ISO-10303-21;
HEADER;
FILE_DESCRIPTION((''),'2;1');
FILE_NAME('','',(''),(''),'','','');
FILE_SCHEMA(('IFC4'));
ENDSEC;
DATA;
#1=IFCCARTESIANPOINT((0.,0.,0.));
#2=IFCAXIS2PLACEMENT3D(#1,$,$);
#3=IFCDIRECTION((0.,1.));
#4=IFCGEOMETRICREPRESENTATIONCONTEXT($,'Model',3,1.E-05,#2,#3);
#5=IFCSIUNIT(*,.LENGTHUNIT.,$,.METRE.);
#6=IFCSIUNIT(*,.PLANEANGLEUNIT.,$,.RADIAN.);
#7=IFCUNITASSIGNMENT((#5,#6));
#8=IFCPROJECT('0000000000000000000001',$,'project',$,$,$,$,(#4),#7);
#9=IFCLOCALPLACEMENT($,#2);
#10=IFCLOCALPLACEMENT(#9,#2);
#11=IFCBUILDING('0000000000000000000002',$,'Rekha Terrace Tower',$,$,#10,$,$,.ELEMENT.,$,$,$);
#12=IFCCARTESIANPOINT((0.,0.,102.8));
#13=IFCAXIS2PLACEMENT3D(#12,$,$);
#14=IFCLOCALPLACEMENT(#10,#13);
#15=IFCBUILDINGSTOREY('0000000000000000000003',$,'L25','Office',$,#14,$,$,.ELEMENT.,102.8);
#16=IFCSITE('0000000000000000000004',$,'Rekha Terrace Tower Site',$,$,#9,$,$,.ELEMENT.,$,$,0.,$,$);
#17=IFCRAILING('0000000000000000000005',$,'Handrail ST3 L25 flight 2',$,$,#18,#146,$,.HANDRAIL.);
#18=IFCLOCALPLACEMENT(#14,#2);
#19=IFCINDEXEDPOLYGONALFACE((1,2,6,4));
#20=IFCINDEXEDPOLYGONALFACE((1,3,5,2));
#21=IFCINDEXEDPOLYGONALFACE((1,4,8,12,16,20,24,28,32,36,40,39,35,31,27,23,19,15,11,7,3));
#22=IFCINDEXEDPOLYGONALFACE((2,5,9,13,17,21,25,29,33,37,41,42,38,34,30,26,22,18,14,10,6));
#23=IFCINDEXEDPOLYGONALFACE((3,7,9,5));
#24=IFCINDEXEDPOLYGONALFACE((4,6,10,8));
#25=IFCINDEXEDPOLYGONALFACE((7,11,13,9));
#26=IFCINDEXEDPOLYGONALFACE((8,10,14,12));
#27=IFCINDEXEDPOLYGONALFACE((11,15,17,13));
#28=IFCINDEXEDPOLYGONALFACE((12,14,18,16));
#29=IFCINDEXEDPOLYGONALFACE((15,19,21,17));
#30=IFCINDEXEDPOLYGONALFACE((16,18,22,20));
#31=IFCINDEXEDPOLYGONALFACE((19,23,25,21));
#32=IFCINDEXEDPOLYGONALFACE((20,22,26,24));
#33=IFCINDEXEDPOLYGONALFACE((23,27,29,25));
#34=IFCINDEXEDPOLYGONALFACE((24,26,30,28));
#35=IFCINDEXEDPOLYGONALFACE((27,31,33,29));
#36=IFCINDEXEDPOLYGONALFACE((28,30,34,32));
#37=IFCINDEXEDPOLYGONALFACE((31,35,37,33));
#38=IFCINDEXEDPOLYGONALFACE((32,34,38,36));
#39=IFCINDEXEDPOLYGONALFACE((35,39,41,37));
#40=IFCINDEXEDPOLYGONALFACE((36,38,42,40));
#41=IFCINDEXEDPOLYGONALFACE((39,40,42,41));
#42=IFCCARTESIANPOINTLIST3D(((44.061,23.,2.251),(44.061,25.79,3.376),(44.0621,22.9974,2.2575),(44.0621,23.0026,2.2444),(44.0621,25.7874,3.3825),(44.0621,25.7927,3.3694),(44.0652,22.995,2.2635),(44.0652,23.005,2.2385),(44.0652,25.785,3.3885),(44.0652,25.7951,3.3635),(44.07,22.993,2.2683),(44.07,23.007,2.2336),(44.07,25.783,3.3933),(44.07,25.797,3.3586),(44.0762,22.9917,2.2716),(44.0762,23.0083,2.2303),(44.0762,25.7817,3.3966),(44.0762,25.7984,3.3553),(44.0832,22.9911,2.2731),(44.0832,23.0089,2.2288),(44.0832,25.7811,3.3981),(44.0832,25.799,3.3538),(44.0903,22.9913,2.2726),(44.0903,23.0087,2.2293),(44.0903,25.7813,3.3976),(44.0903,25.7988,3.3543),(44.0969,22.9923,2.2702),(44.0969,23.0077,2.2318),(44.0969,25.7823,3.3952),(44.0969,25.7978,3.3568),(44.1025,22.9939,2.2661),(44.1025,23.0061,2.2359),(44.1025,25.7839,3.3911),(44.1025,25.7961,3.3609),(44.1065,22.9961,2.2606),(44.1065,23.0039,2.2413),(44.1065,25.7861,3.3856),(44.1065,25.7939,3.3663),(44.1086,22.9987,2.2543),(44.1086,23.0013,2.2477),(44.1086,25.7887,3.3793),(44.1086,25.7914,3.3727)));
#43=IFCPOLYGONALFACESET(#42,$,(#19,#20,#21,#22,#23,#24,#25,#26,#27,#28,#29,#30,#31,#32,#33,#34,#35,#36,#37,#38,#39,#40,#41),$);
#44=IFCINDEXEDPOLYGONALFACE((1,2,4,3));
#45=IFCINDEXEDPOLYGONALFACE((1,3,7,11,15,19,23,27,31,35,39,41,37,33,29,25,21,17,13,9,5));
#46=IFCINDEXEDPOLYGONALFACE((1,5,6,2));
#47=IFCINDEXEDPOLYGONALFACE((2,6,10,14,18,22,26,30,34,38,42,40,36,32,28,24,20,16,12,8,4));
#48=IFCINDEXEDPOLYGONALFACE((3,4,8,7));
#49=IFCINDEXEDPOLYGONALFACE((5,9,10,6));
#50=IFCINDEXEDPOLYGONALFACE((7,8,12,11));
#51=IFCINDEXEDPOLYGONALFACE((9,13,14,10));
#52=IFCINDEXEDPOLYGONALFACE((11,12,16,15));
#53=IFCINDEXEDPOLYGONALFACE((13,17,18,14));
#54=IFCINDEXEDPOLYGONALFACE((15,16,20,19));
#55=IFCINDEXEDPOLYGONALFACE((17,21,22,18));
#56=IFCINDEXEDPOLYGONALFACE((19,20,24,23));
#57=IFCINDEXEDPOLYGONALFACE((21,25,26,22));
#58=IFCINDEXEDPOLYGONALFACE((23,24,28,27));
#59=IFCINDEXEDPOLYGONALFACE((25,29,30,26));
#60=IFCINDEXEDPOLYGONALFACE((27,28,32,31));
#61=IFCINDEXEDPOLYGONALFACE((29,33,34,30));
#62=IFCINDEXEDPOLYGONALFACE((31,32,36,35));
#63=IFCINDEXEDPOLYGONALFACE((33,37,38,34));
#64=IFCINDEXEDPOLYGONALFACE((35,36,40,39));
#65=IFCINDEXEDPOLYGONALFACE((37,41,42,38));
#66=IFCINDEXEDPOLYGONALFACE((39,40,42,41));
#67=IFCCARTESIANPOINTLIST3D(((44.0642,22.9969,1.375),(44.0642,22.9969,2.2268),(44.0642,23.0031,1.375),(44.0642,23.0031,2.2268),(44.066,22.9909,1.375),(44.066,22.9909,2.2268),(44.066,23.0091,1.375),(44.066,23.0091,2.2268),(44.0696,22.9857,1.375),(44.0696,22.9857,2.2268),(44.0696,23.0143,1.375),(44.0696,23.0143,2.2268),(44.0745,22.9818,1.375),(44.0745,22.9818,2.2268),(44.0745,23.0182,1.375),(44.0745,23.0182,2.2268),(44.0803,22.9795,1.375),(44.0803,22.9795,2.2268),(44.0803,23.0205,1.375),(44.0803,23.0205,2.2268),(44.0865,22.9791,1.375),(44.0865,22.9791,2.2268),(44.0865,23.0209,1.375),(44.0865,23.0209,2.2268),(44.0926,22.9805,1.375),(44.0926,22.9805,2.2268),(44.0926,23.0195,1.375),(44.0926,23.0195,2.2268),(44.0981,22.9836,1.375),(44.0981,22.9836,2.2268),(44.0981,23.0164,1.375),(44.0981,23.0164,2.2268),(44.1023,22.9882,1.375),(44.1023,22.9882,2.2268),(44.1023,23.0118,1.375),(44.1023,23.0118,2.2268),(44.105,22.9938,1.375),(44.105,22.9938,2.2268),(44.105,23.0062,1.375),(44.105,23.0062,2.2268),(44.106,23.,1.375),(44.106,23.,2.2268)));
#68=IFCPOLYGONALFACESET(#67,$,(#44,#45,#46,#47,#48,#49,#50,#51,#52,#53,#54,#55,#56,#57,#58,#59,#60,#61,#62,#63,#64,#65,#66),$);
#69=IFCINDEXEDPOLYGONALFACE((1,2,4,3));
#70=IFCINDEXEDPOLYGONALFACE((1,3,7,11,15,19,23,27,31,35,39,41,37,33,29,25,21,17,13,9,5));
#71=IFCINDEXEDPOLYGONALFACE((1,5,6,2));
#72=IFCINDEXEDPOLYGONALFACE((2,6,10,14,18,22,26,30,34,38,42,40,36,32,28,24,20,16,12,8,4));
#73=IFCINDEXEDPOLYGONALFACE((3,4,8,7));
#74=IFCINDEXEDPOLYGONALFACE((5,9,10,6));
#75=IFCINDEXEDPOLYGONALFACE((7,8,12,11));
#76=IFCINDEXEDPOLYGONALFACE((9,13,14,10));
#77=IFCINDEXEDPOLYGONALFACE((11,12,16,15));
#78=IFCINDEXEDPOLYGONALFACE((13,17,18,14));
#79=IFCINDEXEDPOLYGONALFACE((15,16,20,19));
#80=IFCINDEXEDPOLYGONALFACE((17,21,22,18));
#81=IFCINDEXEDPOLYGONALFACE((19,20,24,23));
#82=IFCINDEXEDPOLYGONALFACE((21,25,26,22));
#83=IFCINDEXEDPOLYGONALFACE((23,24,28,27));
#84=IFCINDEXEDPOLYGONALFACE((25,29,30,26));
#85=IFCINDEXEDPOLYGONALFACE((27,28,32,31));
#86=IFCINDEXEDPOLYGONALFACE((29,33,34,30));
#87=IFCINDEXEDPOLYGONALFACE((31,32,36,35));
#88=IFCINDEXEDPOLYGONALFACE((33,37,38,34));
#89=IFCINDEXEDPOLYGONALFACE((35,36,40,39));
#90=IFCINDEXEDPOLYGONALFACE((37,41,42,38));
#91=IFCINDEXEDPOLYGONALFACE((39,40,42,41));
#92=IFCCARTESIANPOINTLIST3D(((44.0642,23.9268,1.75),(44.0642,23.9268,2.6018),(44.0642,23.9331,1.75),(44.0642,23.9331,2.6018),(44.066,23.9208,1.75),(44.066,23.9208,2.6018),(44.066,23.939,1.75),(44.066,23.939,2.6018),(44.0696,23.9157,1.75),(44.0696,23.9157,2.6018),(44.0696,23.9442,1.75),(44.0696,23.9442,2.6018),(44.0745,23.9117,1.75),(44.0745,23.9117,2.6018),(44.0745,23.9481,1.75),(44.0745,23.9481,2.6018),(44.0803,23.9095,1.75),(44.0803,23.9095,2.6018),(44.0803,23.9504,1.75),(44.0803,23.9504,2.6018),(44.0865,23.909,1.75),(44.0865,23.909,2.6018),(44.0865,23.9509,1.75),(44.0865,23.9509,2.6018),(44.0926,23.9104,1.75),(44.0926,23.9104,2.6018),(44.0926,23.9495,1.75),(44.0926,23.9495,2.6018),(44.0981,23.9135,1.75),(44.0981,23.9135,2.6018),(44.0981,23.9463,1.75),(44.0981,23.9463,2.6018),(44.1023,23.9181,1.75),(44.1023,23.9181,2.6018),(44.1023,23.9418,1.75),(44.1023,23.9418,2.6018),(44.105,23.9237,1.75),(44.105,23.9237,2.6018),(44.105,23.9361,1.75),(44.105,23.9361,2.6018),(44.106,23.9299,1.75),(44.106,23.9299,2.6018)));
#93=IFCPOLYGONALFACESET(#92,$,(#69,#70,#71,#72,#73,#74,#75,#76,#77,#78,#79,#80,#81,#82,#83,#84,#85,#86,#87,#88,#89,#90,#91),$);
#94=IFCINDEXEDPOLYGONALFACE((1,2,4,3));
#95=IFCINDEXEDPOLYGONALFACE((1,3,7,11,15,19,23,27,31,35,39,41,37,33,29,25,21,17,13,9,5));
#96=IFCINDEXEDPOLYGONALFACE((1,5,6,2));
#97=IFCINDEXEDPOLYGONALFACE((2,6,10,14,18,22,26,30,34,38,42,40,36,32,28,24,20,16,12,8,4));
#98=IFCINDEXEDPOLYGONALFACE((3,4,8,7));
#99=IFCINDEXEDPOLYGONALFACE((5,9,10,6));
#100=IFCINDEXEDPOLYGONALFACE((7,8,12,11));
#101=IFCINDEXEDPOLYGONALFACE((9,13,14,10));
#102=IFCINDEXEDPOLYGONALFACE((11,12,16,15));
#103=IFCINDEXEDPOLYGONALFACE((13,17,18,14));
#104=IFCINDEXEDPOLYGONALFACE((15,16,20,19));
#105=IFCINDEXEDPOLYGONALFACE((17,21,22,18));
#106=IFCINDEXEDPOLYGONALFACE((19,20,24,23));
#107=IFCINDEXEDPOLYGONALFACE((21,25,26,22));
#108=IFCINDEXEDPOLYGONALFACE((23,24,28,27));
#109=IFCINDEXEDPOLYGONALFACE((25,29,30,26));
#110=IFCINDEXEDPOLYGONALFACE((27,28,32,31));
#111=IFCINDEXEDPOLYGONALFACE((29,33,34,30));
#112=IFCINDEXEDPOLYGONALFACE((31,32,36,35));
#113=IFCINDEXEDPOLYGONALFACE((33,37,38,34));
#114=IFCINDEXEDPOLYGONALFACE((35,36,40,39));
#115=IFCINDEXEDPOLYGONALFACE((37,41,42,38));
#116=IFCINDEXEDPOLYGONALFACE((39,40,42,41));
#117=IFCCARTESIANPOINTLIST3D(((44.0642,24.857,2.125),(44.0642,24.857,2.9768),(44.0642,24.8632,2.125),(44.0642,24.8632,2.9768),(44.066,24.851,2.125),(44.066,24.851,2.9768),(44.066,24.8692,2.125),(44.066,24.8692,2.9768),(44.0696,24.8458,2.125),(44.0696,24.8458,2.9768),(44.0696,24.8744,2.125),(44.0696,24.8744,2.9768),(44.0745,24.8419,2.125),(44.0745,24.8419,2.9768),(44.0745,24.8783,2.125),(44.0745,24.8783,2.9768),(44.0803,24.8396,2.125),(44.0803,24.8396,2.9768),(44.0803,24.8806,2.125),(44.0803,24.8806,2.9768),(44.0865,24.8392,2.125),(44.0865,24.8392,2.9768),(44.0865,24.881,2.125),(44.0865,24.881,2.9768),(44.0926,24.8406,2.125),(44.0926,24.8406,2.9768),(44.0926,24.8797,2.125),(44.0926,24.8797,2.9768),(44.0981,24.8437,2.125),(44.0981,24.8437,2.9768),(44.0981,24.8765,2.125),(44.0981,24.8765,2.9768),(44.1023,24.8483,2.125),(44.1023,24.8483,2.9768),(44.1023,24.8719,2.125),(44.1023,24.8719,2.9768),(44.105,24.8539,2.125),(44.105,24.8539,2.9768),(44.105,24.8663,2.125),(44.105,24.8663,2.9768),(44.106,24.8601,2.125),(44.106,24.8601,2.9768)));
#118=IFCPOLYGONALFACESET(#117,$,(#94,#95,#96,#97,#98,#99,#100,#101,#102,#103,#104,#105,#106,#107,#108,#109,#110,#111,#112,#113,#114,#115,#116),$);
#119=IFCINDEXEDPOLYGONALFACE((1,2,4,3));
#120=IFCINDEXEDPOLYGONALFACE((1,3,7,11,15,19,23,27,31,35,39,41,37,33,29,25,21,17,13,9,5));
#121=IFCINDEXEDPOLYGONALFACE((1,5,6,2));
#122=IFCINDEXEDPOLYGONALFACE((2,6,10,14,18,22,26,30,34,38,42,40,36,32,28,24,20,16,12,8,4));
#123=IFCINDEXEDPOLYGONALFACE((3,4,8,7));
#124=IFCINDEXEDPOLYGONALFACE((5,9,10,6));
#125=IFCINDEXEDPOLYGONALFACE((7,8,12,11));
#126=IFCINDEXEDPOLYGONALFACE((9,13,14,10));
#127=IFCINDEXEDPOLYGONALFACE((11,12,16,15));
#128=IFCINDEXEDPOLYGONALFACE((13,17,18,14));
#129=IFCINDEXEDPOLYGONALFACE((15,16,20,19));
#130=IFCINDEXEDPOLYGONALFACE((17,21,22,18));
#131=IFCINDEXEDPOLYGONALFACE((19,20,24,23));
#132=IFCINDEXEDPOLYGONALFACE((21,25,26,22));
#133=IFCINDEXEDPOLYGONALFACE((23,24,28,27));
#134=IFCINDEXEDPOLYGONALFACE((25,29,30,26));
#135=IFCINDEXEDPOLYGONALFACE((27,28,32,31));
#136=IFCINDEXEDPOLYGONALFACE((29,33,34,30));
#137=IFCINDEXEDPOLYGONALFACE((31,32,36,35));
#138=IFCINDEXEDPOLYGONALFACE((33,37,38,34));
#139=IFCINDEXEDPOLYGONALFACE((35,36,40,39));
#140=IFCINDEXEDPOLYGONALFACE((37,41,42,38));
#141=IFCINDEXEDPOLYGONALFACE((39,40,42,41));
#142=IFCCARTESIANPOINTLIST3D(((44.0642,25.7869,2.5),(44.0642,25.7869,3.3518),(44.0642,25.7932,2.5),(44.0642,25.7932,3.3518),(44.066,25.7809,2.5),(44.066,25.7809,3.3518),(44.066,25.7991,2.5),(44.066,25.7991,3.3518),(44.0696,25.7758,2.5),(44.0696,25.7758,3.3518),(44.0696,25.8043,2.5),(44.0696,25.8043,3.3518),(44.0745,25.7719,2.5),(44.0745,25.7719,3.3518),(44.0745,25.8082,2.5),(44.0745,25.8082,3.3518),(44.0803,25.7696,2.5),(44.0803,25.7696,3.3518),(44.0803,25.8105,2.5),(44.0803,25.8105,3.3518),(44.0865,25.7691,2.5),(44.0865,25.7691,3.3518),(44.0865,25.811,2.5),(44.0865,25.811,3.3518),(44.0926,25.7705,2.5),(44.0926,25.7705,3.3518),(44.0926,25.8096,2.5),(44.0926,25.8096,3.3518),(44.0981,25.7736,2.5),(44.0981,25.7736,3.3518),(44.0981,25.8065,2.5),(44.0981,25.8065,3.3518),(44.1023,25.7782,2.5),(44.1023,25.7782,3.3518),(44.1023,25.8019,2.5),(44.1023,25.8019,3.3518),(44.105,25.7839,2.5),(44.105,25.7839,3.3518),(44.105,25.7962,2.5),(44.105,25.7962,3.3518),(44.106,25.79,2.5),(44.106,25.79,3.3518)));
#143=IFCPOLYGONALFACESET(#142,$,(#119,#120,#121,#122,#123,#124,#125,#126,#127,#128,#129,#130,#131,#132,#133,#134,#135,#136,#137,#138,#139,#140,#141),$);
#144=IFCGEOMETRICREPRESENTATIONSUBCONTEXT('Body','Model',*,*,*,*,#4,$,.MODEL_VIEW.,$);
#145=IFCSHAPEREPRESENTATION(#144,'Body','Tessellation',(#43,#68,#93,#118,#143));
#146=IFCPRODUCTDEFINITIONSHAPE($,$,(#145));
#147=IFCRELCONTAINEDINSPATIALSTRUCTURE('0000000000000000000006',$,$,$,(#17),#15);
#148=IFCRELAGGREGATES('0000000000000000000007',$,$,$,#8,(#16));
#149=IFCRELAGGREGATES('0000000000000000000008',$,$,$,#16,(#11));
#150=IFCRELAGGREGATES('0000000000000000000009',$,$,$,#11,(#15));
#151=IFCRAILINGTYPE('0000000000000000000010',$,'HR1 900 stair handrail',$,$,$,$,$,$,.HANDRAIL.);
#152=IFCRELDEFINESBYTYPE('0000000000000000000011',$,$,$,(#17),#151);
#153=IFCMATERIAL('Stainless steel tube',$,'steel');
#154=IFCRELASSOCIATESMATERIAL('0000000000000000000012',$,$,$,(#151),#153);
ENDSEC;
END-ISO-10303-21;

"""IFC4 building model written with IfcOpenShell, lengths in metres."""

from ifc_helpers import new_model, si_unit, direction, frame, origin, origin_2d, place, context, subcontext, project, spatial, circle, extrude, material, type_object, element, save


model = new_model("IFC4")

# Units and contexts
model_context = context("Model", 3, precision=1e-05, world=origin(), true_north=direction((0.0, 1.0)))
body_context = subcontext(model_context, "Body", "Model", "MODEL_VIEW")
ifc_project = project(units=[si_unit("LENGTHUNIT", "METRE"), si_unit("PLANEANGLEUNIT", "RADIAN")], contexts=[model_context])

# Site, building, storey
site_placement = place(None, origin())
site = spatial("IfcSite", under=ifc_project, at=site_placement, Name="Rekha Terrace Tower Site", CompositionType="ELEMENT", RefElevation=0.0)
building_placement = place(site_placement, origin())
building = spatial("IfcBuilding", under=site, at=building_placement, Name="Rekha Terrace Tower", CompositionType="ELEMENT")
storey_placement = place(building_placement, frame((0.0, 0.0, 102.8)))
storey = spatial("IfcBuildingStorey", under=building, at=storey_placement, Name="L25", Description="Office", CompositionType="ELEMENT", Elevation=102.8)

# Railing
ifc_material_1 = material(Name="Stainless steel tube", Category="steel")
railing_type_1 = type_object("IfcRailingType", Name="HR1 900 stair handrail", PredefinedType="HANDRAIL", material=ifc_material_1)
railing_1_placement = place(storey_placement, frame((44.085, 23.0, 1.375)))
element("IfcRailing", 1, at=railing_1_placement, inside=storey, type_object=railing_type_1, Name="Handrail ST3 L25 flight 2", PredefinedType="HANDRAIL", context=body_context, shape_type="SweptSolid", body=[
    extrude(circle(Radius=0.0239, at=origin_2d()), frame((0.0, 0.0, 0.876), z_axis=(0.0, 0.927443, 0.373964), x_axis=(-1.0, 0.0, 0.0)), (0.0, 0.0, 1.0), 3.0083),
    extrude(circle(Radius=0.021, at=origin_2d()), origin(), (0.0, 0.0, 1.0), 0.8518),
    extrude(circle(Radius=0.021, at=origin_2d()), frame((0.0, 0.9299, 0.375)), (0.0, 0.0, 1.0), 0.8518),
    extrude(circle(Radius=0.021, at=origin_2d()), frame((0.0, 1.8601, 0.75)), (0.0, 0.0, 1.0), 0.8518),
    extrude(circle(Radius=0.021, at=origin_2d()), frame((0.0, 2.79, 1.125)), (0.0, 0.0, 1.0), 0.8518),
])

save(model, "model.ifc")
